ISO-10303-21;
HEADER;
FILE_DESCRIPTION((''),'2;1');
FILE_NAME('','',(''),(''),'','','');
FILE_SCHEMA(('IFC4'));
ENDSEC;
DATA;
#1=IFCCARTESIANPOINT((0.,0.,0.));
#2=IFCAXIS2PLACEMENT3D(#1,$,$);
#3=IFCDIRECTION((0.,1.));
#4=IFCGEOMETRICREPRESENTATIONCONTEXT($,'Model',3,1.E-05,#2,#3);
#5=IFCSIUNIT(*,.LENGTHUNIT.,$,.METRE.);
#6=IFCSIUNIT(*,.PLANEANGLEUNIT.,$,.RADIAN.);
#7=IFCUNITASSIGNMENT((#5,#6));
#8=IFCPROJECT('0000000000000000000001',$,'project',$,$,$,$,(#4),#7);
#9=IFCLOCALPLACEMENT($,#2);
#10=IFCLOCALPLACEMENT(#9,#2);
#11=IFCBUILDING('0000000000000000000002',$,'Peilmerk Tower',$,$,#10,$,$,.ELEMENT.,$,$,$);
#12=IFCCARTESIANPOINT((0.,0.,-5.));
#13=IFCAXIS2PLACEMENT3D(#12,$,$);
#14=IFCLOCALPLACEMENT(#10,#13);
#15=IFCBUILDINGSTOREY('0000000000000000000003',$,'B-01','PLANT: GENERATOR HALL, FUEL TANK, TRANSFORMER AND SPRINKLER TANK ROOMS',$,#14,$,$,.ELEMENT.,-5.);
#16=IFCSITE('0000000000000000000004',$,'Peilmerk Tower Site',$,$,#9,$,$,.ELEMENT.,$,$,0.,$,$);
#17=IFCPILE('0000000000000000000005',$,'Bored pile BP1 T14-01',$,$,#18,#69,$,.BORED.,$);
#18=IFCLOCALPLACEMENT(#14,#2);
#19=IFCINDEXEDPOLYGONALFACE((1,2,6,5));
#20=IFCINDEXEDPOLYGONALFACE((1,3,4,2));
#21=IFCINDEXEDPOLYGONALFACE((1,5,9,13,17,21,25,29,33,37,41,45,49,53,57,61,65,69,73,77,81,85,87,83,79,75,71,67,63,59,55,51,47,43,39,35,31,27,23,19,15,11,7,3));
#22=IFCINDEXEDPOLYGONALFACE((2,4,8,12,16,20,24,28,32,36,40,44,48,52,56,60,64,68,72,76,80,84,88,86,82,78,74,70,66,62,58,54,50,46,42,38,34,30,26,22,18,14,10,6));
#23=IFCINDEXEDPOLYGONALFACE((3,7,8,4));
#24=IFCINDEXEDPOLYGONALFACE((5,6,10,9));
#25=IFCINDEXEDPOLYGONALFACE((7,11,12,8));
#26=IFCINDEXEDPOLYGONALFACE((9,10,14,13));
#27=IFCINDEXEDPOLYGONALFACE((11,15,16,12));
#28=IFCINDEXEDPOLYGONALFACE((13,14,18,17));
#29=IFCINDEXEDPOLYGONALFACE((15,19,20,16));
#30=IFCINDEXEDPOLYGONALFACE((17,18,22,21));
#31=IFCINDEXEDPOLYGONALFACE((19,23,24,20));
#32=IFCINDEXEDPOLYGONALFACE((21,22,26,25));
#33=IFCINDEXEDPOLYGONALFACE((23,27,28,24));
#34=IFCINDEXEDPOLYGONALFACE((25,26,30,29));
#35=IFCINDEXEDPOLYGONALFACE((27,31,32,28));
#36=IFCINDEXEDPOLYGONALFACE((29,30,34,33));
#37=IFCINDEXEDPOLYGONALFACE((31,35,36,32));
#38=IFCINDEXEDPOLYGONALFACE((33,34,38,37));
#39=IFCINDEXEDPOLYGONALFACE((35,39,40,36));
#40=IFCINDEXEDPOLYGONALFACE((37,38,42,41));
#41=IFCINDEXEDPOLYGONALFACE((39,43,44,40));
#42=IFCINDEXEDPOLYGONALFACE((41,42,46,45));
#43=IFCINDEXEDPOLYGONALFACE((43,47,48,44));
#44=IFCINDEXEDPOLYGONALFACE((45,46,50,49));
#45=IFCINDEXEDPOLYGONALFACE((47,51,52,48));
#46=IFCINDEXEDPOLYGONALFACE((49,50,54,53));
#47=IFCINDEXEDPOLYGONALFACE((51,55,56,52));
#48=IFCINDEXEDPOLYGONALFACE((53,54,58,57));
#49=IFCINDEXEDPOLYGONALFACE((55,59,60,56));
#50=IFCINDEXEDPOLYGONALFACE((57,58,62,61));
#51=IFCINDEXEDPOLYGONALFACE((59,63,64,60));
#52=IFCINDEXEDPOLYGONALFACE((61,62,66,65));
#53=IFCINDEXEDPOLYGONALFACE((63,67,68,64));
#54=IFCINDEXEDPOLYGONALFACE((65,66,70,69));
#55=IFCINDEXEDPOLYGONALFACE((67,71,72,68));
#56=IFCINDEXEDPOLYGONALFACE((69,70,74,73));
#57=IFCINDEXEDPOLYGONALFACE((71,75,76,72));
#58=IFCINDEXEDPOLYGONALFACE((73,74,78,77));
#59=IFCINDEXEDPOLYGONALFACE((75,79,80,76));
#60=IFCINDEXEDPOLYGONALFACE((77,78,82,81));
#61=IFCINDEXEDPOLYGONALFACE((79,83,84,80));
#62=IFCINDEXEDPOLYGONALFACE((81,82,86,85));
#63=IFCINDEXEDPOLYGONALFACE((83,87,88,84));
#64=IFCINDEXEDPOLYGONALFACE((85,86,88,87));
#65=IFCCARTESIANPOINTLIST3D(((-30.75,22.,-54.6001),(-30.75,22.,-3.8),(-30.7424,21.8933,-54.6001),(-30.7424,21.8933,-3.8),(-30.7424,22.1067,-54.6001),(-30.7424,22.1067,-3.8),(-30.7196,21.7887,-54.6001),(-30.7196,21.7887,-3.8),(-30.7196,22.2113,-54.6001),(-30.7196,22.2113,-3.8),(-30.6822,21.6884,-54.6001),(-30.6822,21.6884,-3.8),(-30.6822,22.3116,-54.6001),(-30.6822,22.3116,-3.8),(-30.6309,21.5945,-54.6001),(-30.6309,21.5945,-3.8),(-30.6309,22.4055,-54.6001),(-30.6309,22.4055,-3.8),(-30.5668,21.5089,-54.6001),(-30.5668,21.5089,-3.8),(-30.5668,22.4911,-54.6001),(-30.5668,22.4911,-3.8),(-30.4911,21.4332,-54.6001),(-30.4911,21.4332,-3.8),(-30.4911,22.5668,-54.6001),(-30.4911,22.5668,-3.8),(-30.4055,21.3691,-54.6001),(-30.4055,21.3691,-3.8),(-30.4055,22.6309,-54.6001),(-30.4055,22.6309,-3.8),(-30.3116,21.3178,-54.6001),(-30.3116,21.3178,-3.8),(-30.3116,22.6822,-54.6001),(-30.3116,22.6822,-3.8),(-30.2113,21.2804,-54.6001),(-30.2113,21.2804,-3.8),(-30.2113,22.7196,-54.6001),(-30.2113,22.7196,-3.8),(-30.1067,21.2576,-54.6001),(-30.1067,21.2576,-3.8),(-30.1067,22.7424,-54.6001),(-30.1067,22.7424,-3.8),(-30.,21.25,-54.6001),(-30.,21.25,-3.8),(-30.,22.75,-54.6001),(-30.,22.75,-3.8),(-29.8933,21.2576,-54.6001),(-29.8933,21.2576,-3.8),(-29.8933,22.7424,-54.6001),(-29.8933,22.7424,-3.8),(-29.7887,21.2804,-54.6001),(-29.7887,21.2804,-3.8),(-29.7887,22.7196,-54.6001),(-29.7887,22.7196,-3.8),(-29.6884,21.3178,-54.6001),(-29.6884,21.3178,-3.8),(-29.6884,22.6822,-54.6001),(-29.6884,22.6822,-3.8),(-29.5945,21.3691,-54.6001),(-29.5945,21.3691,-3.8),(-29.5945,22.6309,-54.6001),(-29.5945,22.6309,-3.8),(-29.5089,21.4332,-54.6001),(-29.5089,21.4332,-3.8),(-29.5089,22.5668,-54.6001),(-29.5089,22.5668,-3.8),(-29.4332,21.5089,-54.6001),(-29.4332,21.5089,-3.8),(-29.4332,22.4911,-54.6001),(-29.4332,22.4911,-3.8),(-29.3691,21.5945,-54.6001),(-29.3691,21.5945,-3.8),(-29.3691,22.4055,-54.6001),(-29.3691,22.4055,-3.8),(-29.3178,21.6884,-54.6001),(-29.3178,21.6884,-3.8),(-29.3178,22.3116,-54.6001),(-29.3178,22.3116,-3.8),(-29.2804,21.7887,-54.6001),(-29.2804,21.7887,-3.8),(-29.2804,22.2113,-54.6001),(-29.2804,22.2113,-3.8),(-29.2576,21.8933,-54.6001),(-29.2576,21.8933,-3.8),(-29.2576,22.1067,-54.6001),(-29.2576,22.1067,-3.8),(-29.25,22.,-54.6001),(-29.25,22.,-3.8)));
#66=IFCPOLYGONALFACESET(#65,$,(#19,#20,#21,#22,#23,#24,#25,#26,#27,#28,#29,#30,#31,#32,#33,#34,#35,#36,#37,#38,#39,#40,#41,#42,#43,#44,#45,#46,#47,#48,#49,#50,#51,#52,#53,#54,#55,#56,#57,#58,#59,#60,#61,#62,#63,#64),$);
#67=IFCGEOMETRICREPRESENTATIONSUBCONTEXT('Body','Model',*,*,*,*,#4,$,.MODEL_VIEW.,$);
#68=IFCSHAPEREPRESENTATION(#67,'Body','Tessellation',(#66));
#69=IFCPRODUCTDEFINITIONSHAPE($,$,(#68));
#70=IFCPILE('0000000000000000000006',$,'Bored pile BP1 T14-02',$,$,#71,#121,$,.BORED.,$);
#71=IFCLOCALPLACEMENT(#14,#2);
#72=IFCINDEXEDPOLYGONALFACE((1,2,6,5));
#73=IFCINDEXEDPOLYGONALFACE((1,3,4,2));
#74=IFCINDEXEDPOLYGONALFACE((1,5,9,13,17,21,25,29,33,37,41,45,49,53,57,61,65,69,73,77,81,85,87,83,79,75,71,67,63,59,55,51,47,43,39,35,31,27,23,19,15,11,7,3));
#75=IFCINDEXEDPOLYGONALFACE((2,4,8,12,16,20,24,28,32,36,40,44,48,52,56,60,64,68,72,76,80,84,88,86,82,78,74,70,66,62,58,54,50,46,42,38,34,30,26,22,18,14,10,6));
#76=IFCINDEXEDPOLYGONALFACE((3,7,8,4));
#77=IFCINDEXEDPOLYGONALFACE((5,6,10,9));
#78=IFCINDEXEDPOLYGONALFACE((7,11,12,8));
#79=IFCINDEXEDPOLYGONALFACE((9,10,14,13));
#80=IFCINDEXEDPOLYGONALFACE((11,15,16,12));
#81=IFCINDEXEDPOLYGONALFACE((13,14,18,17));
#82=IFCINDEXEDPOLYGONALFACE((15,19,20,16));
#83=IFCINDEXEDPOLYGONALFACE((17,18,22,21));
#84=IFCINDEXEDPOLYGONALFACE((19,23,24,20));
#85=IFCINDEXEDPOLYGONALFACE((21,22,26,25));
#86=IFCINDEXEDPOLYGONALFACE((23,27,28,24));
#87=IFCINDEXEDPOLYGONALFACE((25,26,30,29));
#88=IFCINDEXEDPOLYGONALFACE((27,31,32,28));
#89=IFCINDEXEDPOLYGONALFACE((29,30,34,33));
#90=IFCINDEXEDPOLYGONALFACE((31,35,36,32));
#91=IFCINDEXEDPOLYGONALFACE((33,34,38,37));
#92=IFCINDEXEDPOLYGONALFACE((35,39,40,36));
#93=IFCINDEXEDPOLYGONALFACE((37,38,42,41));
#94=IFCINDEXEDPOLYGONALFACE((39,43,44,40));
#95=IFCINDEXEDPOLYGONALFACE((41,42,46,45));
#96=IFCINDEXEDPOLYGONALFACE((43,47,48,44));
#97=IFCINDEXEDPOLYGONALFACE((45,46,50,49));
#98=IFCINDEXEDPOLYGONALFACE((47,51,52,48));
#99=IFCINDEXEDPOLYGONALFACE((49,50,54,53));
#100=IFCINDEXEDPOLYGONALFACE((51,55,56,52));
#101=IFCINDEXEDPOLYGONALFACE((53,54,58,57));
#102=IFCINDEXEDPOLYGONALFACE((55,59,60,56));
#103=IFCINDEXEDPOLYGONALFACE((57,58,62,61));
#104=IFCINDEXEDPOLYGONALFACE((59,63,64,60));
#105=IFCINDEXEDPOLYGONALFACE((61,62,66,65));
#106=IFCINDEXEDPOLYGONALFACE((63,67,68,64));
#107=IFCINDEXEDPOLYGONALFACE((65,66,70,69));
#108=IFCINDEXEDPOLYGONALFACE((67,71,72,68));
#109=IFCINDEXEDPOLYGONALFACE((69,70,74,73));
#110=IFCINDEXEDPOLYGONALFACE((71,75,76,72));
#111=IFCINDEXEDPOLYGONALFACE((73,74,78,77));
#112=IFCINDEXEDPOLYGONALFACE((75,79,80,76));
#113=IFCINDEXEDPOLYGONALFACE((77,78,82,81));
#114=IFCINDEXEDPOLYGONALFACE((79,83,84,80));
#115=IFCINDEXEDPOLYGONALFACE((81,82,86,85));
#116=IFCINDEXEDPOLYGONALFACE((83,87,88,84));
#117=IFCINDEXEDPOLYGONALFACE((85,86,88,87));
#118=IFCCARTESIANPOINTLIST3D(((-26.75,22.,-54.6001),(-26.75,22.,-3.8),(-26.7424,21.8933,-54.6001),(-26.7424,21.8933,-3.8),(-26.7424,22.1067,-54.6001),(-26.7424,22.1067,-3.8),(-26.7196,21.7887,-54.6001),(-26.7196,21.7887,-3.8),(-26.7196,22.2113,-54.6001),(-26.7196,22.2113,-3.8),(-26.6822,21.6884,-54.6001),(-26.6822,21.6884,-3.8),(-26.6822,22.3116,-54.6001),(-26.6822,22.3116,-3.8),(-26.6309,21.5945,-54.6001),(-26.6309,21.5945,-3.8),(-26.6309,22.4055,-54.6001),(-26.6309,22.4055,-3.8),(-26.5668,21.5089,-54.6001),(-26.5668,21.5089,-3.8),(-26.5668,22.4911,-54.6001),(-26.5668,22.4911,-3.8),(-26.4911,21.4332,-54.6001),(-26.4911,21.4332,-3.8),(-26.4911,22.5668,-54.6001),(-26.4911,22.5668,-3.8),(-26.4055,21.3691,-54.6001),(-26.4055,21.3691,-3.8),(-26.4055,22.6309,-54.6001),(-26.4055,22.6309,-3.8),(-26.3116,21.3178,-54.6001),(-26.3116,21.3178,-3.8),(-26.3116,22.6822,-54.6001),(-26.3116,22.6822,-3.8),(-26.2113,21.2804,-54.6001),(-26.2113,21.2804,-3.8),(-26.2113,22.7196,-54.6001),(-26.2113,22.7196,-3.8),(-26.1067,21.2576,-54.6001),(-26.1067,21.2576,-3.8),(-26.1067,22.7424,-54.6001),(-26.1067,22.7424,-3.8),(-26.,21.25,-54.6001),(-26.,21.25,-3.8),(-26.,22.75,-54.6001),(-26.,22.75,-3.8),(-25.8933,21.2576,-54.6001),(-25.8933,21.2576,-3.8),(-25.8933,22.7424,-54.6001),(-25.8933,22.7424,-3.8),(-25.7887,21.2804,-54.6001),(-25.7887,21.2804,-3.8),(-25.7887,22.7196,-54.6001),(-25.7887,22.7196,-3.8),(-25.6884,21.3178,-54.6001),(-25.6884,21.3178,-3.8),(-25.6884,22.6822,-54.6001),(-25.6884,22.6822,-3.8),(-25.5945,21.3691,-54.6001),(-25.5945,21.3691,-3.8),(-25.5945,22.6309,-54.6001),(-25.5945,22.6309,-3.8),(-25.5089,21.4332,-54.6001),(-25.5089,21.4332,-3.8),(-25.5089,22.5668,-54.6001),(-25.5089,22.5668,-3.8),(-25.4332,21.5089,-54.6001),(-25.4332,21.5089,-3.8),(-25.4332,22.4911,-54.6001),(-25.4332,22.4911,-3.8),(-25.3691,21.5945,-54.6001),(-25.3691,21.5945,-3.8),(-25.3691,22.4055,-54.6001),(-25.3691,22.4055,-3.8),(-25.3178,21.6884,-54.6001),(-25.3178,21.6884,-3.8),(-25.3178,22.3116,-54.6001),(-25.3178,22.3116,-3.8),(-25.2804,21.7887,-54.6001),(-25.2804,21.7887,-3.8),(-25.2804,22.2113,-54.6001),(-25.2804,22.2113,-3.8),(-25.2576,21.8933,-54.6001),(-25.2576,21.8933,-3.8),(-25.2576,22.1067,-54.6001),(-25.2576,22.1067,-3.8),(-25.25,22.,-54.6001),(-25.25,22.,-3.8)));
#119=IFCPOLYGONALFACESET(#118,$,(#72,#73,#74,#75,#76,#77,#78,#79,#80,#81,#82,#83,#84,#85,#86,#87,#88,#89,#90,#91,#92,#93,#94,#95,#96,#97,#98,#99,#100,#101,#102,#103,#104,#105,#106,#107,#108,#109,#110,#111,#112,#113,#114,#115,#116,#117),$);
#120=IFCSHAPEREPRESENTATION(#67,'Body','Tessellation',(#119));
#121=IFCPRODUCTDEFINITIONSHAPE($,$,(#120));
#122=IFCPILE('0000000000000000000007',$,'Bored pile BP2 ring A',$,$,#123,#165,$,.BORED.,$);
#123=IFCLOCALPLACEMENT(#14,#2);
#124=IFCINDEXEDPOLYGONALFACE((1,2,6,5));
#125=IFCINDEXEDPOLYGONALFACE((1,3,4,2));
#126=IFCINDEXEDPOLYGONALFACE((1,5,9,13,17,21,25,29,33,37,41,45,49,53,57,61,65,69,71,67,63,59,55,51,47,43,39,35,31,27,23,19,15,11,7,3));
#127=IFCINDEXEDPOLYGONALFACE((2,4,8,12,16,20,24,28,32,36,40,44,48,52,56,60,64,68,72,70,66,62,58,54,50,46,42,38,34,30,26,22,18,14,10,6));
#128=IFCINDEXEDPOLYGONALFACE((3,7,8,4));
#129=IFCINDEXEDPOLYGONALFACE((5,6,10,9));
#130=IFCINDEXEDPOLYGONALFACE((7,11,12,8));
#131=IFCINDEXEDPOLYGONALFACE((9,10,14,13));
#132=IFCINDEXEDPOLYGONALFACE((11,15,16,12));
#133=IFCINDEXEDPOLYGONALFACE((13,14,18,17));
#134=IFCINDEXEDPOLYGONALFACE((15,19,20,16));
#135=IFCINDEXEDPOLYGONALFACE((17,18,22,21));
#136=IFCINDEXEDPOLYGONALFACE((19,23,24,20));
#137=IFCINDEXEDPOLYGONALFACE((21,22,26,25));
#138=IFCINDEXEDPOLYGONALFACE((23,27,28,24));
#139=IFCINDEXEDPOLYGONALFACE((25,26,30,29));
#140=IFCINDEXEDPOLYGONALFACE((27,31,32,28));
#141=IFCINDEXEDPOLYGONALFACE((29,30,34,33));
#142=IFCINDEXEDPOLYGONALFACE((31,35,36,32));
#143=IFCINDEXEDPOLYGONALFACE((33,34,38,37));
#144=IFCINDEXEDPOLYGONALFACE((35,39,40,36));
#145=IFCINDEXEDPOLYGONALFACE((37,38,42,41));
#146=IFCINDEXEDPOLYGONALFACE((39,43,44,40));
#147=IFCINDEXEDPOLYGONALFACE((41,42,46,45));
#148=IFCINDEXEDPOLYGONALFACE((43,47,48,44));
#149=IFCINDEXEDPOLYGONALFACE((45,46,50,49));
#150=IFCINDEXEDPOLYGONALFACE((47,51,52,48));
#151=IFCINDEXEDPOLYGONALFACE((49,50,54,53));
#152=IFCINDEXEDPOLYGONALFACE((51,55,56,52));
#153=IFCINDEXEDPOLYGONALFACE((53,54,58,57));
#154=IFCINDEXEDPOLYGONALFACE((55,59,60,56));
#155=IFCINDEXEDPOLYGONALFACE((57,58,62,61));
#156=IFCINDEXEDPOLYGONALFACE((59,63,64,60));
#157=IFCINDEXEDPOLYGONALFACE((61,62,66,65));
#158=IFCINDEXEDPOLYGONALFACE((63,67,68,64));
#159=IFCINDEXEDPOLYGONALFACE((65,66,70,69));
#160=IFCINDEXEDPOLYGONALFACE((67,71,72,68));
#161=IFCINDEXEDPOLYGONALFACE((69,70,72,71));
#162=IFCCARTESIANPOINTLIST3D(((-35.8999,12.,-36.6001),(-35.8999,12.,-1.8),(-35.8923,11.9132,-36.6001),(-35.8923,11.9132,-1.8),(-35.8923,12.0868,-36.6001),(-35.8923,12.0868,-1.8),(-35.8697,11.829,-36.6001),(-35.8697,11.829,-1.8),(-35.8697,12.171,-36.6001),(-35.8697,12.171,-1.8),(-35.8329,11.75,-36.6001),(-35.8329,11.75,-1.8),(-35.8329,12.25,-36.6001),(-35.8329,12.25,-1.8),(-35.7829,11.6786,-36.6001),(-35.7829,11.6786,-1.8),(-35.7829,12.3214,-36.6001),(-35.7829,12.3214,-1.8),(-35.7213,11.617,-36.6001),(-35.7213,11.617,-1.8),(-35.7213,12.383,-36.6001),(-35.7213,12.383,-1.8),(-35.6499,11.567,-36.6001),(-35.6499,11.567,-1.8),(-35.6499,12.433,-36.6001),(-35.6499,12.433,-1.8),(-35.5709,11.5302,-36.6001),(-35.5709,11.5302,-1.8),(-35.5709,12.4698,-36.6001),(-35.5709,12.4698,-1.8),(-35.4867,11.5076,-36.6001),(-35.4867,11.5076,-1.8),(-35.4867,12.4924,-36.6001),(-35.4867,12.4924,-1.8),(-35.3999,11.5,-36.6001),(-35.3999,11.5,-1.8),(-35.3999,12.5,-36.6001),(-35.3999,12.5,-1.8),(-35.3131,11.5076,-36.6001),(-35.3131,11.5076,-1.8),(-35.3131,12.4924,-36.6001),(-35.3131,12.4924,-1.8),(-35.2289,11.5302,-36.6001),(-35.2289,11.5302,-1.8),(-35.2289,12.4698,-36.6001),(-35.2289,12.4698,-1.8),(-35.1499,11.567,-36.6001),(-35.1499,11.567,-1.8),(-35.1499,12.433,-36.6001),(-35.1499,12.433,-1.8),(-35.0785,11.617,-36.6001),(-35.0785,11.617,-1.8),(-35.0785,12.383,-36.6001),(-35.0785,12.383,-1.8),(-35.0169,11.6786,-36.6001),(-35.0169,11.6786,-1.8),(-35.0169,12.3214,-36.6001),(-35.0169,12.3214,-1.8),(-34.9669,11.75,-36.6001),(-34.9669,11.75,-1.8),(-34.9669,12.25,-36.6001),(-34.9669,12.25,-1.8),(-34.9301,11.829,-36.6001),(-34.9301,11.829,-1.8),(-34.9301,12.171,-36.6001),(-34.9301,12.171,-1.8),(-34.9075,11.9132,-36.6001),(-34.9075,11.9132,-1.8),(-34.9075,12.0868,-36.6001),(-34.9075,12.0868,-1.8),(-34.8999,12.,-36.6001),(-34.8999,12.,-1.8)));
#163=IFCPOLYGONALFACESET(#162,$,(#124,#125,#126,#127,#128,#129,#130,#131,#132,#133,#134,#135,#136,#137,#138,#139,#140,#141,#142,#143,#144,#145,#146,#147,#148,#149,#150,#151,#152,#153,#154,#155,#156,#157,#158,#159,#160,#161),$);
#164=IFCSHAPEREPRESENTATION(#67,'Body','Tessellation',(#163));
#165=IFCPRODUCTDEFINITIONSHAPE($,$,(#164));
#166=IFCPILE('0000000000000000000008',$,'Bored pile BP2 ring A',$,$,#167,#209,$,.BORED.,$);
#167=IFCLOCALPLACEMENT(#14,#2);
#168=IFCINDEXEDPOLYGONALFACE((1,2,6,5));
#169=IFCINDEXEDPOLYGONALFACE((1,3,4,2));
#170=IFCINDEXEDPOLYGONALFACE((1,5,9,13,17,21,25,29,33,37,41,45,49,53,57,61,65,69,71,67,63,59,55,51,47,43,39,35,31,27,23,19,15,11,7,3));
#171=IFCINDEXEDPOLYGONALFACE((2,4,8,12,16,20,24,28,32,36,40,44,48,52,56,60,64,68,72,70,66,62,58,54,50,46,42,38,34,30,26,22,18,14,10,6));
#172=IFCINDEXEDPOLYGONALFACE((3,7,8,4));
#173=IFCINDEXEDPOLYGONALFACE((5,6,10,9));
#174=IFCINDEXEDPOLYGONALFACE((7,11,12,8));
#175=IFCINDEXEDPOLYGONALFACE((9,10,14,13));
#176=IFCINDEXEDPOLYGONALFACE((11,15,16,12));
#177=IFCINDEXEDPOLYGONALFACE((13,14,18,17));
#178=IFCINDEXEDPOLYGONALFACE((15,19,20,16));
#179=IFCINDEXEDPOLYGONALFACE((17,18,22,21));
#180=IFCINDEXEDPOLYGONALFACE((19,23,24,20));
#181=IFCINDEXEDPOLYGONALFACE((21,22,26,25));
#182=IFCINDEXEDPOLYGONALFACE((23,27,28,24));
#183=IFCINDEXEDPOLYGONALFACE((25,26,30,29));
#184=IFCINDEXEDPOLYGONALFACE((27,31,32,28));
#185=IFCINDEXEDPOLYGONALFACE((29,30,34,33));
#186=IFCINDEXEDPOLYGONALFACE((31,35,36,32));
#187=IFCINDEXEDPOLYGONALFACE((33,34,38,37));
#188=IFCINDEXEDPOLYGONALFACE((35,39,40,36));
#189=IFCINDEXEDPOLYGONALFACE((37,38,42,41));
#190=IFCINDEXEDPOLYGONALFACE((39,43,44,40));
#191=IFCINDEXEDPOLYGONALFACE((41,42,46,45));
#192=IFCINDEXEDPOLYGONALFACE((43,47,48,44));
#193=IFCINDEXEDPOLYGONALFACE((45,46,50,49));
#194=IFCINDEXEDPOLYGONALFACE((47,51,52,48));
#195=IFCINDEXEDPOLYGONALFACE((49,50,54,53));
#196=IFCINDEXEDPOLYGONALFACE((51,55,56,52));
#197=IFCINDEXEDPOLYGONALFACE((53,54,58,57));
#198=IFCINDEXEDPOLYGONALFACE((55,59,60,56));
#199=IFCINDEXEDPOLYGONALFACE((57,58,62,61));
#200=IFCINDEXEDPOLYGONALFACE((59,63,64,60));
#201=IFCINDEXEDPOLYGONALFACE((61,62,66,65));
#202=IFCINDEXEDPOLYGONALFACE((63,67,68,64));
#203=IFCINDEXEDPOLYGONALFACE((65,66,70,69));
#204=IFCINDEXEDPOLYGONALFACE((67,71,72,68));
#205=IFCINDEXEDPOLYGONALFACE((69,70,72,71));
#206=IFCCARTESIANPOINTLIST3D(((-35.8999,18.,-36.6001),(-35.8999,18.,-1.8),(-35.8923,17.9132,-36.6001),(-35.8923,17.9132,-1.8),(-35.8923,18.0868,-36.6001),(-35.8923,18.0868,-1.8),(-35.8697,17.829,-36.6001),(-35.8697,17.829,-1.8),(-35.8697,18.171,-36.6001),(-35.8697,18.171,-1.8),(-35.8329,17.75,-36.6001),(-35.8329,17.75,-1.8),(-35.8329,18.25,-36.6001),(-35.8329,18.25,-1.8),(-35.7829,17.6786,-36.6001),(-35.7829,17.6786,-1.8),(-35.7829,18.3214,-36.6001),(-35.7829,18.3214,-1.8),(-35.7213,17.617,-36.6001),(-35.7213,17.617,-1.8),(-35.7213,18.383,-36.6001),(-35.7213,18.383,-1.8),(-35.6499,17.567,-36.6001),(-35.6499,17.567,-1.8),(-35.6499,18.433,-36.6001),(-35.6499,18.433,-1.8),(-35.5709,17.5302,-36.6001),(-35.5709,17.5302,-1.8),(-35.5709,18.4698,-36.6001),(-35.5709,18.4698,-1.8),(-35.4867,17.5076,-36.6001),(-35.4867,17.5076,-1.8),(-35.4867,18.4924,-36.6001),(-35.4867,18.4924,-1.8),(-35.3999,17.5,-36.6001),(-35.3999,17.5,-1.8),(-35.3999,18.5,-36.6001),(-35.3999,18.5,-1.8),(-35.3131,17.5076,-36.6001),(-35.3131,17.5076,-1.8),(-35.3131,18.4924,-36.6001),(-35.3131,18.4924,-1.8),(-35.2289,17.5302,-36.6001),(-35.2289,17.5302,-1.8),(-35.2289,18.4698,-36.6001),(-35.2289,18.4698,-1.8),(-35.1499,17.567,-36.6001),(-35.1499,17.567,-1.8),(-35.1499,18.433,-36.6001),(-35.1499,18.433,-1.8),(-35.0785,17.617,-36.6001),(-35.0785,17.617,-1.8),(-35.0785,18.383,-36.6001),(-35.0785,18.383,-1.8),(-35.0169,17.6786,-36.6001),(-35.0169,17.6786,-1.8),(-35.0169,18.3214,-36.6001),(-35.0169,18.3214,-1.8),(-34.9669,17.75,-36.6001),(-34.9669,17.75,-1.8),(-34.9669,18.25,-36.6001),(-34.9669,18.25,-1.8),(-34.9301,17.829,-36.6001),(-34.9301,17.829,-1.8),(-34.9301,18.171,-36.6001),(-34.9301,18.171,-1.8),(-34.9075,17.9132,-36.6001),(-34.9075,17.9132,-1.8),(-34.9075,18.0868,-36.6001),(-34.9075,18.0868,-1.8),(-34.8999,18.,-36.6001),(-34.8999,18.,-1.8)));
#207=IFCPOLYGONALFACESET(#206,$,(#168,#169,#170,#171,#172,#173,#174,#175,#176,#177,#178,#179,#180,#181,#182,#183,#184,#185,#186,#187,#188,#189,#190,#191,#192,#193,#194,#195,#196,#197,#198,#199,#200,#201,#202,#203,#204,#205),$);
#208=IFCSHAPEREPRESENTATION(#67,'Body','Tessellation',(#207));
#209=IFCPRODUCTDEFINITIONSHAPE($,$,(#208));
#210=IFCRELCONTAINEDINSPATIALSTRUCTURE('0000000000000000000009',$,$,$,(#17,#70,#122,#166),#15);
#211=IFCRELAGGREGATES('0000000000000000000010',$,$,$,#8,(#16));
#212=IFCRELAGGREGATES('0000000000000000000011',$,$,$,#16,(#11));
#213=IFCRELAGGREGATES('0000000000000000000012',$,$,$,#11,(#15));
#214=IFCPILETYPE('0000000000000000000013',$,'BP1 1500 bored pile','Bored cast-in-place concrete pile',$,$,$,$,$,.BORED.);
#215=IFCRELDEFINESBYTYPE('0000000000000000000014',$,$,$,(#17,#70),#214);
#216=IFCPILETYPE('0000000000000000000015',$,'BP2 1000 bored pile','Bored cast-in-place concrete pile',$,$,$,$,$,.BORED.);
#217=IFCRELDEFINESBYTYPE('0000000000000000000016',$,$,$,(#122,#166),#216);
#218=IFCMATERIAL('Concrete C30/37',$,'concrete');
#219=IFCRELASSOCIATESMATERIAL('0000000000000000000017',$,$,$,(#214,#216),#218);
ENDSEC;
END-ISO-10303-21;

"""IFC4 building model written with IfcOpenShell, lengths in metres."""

from ifc_helpers import new_model, si_unit, direction, frame, origin, origin_2d, place, context, subcontext, project, spatial, circle, extrude, material, material_profile, profile_set, type_object, element, save


model = new_model("IFC4")

# Units and contexts
model_context = context("Model", 3, precision=1e-05, world=origin(), true_north=direction((0.0, 1.0)))
body_context = subcontext(model_context, "Body", "Model", "MODEL_VIEW")
ifc_project = project(units=[si_unit("LENGTHUNIT", "METRE"), si_unit("PLANEANGLEUNIT", "RADIAN")], contexts=[model_context])

# Site, building, storey
site_placement = place(None, origin())
site = spatial("IfcSite", under=ifc_project, at=site_placement, Name="Peilmerk Tower Site", CompositionType="ELEMENT", RefElevation=0.0)
building_placement = place(site_placement, origin())
building = spatial("IfcBuilding", under=site, at=building_placement, Name="Peilmerk Tower", CompositionType="ELEMENT")
storey_placement = place(building_placement, frame((0.0, 0.0, -5.0)))
storey = spatial("IfcBuildingStorey", under=building, at=storey_placement, Name="B-01", Description="PLANT: GENERATOR HALL, FUEL TANK, TRANSFORMER AND SPRINKLER TANK ROOMS", CompositionType="ELEMENT", Elevation=-5.0)

# Piles
ifc_material_1 = material(Name="Concrete C30/37", Category="concrete")
ifc_material_profile_1 = material_profile(ifc_material_1, circle(Radius=0.75, at=origin_2d()), Name="BP 1500")
ifc_profile_set_1 = profile_set([ifc_material_profile_1], Name="Concrete C30/37")
pile_type_1 = type_object("IfcPileType", Name="BP1 1500 bored pile", Description="Bored cast-in-place concrete pile", PredefinedType="BORED", material=ifc_profile_set_1)
for number, where, z_axis, x_axis, name in (
    (1, (-30.0, 22.0, -3.8), (0.0, 0.0, -1.0), (1.0, 0.0, 0.0), "Bored pile BP1 T14-01"),
    (2, (-26.0, 22.0, -3.8), (0.0, 0.0, -1.0), (1.0, 0.0, 0.0), "Bored pile BP1 T14-02"),
):
    element("IfcPile", number, at=place(storey_placement, frame(where, z_axis=z_axis, x_axis=x_axis)), inside=storey, type_object=pile_type_1, Name=name, PredefinedType="BORED", context=body_context, shape_type="SweptSolid", body=[
        extrude(circle(Radius=0.75, at=origin_2d()), origin(), (0.0, 0.0, 1.0), 50.8),
    ])
ifc_material_profile_2 = material_profile(ifc_material_1, circle(Radius=0.5, at=origin_2d()), Name="BP 1000")
ifc_profile_set_2 = profile_set([ifc_material_profile_2], Name="Concrete C30/37")
pile_type_2 = type_object("IfcPileType", Name="BP2 1000 bored pile", Description="Bored cast-in-place concrete pile", PredefinedType="BORED", material=ifc_profile_set_2)
for number, where, z_axis, x_axis, name in (
    (3, (-35.3999, 12.0, -1.8), (0.0, 0.0, -1.0), (1.0, 0.0, 0.0), "Bored pile BP2 ring A"),
    (4, (-35.3999, 18.0, -1.8), (0.0, 0.0, -1.0), (1.0, 0.0, 0.0), "Bored pile BP2 ring A"),
):
    element("IfcPile", number, at=place(storey_placement, frame(where, z_axis=z_axis, x_axis=x_axis)), inside=storey, type_object=pile_type_2, Name=name, PredefinedType="BORED", context=body_context, shape_type="SweptSolid", body=[
        extrude(circle(Radius=0.5, at=origin_2d()), origin(), (0.0, 0.0, 1.0), 34.8),
    ])

save(model, "model.ifc")
